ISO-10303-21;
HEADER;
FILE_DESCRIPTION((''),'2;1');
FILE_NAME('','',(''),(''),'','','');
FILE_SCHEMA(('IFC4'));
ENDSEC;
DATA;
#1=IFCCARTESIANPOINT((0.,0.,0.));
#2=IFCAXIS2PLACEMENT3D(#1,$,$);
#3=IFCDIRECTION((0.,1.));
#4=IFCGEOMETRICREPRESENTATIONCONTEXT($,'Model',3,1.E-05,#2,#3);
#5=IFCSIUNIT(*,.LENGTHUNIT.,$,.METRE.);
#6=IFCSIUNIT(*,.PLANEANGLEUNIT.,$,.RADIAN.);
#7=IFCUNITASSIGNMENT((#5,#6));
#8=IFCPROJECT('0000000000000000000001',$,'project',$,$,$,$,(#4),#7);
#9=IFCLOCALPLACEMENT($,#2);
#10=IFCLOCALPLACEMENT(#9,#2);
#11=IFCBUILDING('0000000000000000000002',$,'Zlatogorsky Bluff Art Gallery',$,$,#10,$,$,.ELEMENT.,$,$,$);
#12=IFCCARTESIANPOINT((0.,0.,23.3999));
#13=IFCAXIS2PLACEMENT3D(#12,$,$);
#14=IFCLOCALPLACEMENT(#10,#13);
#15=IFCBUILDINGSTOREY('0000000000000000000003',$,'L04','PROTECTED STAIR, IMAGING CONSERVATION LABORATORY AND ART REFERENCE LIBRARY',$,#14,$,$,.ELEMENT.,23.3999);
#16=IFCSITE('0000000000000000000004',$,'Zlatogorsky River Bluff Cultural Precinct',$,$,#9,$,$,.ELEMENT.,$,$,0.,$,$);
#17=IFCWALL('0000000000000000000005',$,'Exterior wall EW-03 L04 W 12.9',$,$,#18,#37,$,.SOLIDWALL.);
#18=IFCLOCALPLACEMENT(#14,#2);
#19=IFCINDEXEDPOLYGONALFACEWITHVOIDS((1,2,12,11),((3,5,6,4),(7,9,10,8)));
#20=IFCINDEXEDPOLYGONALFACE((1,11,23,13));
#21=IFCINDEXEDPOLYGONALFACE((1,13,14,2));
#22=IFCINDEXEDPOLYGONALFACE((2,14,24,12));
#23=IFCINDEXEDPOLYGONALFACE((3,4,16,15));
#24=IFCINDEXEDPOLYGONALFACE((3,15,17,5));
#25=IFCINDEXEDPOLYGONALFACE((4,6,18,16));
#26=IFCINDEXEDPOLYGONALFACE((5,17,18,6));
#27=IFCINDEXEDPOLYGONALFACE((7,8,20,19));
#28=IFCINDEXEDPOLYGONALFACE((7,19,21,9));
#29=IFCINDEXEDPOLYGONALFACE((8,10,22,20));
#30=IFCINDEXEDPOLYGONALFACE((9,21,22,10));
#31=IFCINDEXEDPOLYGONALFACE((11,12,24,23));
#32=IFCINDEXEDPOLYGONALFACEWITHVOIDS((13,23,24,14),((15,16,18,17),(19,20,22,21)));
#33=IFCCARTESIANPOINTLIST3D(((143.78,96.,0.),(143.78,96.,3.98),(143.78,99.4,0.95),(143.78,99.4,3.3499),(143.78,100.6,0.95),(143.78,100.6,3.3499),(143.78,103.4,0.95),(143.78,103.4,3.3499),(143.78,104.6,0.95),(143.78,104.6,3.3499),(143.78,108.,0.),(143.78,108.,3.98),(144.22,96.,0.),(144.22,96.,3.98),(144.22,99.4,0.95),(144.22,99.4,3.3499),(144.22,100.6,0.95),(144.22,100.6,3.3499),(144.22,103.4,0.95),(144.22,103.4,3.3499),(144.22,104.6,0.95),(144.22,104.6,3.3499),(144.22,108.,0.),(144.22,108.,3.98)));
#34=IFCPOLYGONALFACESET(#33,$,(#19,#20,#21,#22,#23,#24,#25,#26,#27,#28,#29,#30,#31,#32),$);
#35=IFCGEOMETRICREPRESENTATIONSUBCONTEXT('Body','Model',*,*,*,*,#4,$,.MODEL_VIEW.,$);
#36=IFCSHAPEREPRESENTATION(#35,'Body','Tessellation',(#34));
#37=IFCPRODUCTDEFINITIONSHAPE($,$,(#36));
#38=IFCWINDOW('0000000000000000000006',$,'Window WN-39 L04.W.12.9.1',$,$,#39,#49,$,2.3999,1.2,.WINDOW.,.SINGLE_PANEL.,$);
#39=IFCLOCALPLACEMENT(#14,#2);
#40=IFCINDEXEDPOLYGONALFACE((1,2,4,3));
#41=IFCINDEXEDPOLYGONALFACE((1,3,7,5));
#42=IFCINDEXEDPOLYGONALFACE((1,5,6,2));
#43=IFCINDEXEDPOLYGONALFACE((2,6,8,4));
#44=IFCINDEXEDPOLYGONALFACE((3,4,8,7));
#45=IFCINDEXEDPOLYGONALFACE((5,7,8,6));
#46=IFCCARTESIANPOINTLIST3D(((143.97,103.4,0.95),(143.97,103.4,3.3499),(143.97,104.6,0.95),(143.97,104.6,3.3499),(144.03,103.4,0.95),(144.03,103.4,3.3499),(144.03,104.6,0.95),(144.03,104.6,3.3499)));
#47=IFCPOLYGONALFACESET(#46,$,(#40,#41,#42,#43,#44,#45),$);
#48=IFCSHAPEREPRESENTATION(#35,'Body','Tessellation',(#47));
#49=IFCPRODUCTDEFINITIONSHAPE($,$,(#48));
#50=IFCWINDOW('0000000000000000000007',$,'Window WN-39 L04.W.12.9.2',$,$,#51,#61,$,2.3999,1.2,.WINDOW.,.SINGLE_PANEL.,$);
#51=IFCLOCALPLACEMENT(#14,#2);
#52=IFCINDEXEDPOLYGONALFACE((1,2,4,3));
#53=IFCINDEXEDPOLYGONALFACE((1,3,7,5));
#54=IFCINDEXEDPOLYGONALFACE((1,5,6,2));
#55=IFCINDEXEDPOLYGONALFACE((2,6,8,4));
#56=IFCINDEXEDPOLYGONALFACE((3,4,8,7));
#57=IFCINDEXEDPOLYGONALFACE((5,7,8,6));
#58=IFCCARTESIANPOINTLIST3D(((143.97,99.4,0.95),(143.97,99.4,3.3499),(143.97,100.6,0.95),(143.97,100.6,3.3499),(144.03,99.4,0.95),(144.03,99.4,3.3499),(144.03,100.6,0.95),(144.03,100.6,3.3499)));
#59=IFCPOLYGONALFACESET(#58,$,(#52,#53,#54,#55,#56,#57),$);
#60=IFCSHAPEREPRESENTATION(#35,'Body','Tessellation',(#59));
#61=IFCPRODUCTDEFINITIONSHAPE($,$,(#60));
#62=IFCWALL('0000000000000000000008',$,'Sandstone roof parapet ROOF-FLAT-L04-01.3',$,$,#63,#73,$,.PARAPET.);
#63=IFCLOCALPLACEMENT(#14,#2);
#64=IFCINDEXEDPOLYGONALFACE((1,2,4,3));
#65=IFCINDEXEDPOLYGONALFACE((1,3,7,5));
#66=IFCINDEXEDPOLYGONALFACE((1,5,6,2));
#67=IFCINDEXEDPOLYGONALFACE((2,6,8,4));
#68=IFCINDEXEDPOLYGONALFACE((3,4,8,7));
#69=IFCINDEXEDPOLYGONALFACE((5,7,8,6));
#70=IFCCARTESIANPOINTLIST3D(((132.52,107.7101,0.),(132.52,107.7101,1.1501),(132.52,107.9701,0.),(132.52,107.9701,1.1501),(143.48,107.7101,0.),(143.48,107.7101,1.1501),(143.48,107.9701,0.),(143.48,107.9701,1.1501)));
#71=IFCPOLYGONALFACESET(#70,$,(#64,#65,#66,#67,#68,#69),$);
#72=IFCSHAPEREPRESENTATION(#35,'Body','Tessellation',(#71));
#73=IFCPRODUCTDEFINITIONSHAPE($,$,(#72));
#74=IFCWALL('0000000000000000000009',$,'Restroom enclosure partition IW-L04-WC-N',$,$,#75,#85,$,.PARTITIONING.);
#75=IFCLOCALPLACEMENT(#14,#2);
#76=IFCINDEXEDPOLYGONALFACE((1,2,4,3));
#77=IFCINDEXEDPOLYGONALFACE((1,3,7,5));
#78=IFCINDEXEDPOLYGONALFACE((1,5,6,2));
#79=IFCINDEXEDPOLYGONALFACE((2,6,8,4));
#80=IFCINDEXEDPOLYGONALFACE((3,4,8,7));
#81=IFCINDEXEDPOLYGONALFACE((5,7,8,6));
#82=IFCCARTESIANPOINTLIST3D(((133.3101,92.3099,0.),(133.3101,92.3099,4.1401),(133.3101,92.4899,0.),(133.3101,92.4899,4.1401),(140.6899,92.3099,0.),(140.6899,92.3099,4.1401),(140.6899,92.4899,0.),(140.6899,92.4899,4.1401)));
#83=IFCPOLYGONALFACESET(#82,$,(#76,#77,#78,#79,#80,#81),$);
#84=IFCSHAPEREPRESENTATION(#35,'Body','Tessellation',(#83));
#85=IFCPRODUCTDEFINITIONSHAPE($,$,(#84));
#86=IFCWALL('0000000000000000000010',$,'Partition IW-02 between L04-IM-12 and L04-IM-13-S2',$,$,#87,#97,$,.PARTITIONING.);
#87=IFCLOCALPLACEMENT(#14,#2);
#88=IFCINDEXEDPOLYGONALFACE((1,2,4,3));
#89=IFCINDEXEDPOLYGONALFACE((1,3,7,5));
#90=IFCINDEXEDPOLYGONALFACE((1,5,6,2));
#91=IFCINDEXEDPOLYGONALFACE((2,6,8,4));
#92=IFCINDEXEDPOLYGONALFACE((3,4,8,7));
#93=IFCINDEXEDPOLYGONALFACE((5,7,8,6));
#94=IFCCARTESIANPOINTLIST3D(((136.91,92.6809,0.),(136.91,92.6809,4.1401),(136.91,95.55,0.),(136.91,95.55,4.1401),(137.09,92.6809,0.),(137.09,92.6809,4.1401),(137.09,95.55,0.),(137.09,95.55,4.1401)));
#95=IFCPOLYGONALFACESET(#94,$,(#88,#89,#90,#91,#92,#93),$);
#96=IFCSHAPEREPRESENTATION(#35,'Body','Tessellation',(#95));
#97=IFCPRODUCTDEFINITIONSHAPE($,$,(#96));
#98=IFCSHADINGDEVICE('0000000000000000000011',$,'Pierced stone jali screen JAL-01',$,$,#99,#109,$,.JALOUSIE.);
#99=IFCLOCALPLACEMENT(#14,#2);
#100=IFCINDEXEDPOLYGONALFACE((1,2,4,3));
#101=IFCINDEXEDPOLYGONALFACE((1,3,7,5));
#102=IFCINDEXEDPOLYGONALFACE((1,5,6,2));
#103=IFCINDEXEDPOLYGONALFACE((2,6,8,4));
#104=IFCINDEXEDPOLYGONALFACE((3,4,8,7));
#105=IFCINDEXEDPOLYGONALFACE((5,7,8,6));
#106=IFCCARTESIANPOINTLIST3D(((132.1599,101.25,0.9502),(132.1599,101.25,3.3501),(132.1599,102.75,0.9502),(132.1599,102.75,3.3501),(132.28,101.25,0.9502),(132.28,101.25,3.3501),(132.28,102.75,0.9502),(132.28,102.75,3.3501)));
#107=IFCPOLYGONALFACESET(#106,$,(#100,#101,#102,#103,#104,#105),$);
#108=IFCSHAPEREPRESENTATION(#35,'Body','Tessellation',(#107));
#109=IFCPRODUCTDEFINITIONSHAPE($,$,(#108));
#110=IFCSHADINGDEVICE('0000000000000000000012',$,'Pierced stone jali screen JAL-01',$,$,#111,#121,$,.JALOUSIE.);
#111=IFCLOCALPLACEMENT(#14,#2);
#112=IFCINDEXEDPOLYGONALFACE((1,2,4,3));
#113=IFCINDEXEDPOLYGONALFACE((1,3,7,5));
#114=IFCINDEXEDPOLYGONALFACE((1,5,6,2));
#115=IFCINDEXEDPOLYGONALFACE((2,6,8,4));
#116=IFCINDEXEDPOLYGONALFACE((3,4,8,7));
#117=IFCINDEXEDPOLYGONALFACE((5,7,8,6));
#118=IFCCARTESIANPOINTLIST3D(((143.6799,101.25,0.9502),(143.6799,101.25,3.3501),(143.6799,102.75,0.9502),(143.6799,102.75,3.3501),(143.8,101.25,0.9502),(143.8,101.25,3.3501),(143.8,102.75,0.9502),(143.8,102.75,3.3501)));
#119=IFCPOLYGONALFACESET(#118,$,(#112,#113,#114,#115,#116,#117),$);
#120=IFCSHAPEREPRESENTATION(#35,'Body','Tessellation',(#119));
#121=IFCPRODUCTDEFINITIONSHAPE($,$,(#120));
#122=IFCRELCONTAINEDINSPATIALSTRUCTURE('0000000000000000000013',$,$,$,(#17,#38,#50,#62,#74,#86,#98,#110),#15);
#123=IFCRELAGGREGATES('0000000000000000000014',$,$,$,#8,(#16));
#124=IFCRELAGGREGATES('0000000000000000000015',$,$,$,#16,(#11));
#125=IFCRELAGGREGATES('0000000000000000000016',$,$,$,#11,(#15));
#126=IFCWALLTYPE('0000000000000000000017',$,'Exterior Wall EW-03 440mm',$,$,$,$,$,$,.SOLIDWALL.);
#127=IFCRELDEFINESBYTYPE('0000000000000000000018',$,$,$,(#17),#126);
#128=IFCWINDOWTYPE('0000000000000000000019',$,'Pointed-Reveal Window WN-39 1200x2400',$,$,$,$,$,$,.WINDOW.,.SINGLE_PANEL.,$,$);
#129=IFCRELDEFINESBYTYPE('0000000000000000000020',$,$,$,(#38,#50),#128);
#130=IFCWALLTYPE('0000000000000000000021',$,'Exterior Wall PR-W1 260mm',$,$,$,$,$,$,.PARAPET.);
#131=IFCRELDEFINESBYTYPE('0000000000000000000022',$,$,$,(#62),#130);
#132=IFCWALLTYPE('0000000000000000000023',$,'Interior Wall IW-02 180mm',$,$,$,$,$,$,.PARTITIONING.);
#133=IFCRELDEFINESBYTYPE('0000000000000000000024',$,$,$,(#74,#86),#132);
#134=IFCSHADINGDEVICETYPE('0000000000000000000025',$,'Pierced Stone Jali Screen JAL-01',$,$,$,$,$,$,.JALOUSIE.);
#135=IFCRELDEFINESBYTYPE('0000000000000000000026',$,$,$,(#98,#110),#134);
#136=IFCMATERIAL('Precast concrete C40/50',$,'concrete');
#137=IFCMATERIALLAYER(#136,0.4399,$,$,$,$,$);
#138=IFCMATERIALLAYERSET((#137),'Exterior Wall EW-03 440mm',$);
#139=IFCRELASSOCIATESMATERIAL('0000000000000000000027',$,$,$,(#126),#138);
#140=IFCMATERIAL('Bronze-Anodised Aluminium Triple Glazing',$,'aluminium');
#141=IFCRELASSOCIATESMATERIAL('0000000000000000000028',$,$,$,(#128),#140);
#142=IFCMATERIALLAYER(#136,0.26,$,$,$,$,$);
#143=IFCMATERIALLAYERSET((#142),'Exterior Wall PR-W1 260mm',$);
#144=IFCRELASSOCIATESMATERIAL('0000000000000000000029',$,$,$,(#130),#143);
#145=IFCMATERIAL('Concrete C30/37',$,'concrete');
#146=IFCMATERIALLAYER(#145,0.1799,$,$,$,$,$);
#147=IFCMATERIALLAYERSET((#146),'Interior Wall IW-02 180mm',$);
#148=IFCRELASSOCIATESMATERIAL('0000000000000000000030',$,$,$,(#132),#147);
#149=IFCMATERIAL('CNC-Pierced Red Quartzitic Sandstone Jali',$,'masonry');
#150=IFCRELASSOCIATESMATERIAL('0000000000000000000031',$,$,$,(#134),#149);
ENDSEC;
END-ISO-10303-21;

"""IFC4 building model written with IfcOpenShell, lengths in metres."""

from ifc_helpers import new_model, si_unit, direction, frame, frame_2d, origin, origin_2d, place, context, subcontext, project, spatial, rectangle, extrude, material, layer, layer_set, type_object, element, fill, save


model = new_model("IFC4")

# Units and contexts
model_context = context("Model", 3, precision=1e-05, world=origin(), true_north=direction((0.0, 1.0)))
body_context = subcontext(model_context, "Body", "Model", "MODEL_VIEW")
ifc_project = project(units=[si_unit("LENGTHUNIT", "METRE"), si_unit("PLANEANGLEUNIT", "RADIAN")], contexts=[model_context])

# Site, building, storey
site_placement = place(None, origin())
site = spatial("IfcSite", under=ifc_project, at=site_placement, Name="Zlatogorsky River Bluff Cultural Precinct", CompositionType="ELEMENT", RefElevation=0.0)
building_placement = place(site_placement, origin())
building = spatial("IfcBuilding", under=site, at=building_placement, Name="Zlatogorsky Bluff Art Gallery", CompositionType="ELEMENT")
storey_placement = place(building_placement, frame((0.0, 0.0, 23.3999)))
storey = spatial("IfcBuildingStorey", under=building, at=storey_placement, Name="L04", Description="PROTECTED STAIR, IMAGING CONSERVATION LABORATORY AND ART REFERENCE LIBRARY", CompositionType="ELEMENT", Elevation=23.3999)

# Shared definitions
ifc_material_1 = material(Name="Precast concrete C40/50", Category="concrete")
ifc_material_2 = material(Name="Bronze-Anodised Aluminium Triple Glazing", Category="aluminium")

# Wall, openings, windows
ifc_layer_1 = layer(ifc_material_1, 0.4399)
ifc_layer_set_1 = layer_set([ifc_layer_1], Name="Exterior Wall EW-03 440mm")
wall_type_1 = type_object("IfcWallType", Name="Exterior Wall EW-03 440mm", PredefinedType="SOLIDWALL", material=ifc_layer_set_1)
wall_1_placement = place(storey_placement, frame((144.0, 108.0, 0.0), z_axis=(0.0, 0.0, 1.0), x_axis=(0.0, -1.0, 0.0)))
wall_1 = element("IfcWall", 1, at=wall_1_placement, inside=storey, type_object=wall_type_1, Name="Exterior wall EW-03 L04 W 12.9", PredefinedType="SOLIDWALL", context=body_context, shape_type="SweptSolid", body=[
    extrude(rectangle(XDim=12.0, YDim=0.4399, at=frame_2d((6.0, 0.0))), origin(), (0.0, 0.0, 1.0), 3.98),
])
opening_1_placement = place(wall_1_placement, frame((3.3999, 0.0, 0.95)))
opening_1 = element("IfcOpeningElement", 2, at=opening_1_placement, cuts=wall_1, PredefinedType="OPENING", context=body_context, shape_type="SweptSolid", body=[
    extrude(rectangle(XDim=1.2, YDim=2.3999, at=frame_2d((0.6001, 1.2))), frame((0.0, 0.23, 0.0), z_axis=(0.0, -1.0, 0.0), x_axis=(1.0, 0.0, 0.0)), (0.0, 0.0, 1.0), 0.46),
])
opening_2_placement = place(wall_1_placement, frame((7.3999, 0.0, 0.95)))
opening_2 = element("IfcOpeningElement", 3, at=opening_2_placement, cuts=wall_1, PredefinedType="OPENING", context=body_context, shape_type="SweptSolid", body=[
    extrude(rectangle(XDim=1.2, YDim=2.3999, at=frame_2d((0.6001, 1.2))), frame((0.0, 0.23, 0.0), z_axis=(0.0, -1.0, 0.0), x_axis=(1.0, 0.0, 0.0)), (0.0, 0.0, 1.0), 0.46),
])
window_type_1 = type_object("IfcWindowType", Name="Pointed-Reveal Window WN-39 1200x2400", PartitioningType="SINGLE_PANEL", PredefinedType="WINDOW", material=ifc_material_2)
window_1_placement = place(opening_1_placement, origin())
window_1 = element("IfcWindow", 4, at=window_1_placement, inside=storey, type_object=window_type_1, Name="Window WN-39 L04.W.12.9.1", OverallHeight=2.3999, OverallWidth=1.2, PartitioningType="SINGLE_PANEL", PredefinedType="WINDOW", context=body_context, shape_type="SweptSolid", body=[
    extrude(rectangle(XDim=1.2, YDim=2.3999, at=frame_2d((0.6001, 1.2))), frame((0.0, 0.03, 0.0), z_axis=(0.0, -1.0, 0.0), x_axis=(1.0, 0.0, 0.0)), (0.0, 0.0, 1.0), 0.0601),
])
fill(opening_1, window_1)
window_2_placement = place(opening_2_placement, origin())
window_2 = element("IfcWindow", 5, at=window_2_placement, inside=storey, type_object=window_type_1, Name="Window WN-39 L04.W.12.9.2", OverallHeight=2.3999, OverallWidth=1.2, PartitioningType="SINGLE_PANEL", PredefinedType="WINDOW", context=body_context, shape_type="SweptSolid", body=[
    extrude(rectangle(XDim=1.2, YDim=2.3999, at=frame_2d((0.6001, 1.2))), frame((0.0, 0.03, 0.0), z_axis=(0.0, -1.0, 0.0), x_axis=(1.0, 0.0, 0.0)), (0.0, 0.0, 1.0), 0.0601),
])
fill(opening_2, window_2)

# Walls
ifc_layer_2 = layer(ifc_material_1, 0.26)
ifc_layer_set_2 = layer_set([ifc_layer_2], Name="Exterior Wall PR-W1 260mm")
wall_type_2 = type_object("IfcWallType", Name="Exterior Wall PR-W1 260mm", PredefinedType="PARAPET", material=ifc_layer_set_2)
wall_2_placement = place(storey_placement, frame((132.52, 107.8401, 0.0), z_axis=(0.0, 0.0, 1.0), x_axis=(1.0, 0.0, 0.0)))
element("IfcWall", 6, at=wall_2_placement, inside=storey, type_object=wall_type_2, Name="Sandstone roof parapet ROOF-FLAT-L04-01.3", PredefinedType="PARAPET", context=body_context, shape_type="SweptSolid", body=[
    extrude(rectangle(XDim=10.96, YDim=0.26, at=frame_2d((5.48, 0.0))), origin(), (0.0, 0.0, 1.0), 1.1501),
])
ifc_material_3 = material(Name="Concrete C30/37", Category="concrete")
ifc_layer_3 = layer(ifc_material_3, 0.1799)
ifc_layer_set_3 = layer_set([ifc_layer_3], Name="Interior Wall IW-02 180mm")
wall_type_3 = type_object("IfcWallType", Name="Interior Wall IW-02 180mm", PredefinedType="PARTITIONING", material=ifc_layer_set_3)
wall_3_placement = place(storey_placement, frame((133.3101, 92.3999, 0.0), z_axis=(0.0, 0.0, 1.0), x_axis=(1.0, 0.0, 0.0)))
element("IfcWall", 7, at=wall_3_placement, inside=storey, type_object=wall_type_3, Name="Restroom enclosure partition IW-L04-WC-N", PredefinedType="PARTITIONING", context=body_context, shape_type="SweptSolid", body=[
    extrude(rectangle(XDim=7.3799, YDim=0.1799, at=frame_2d((3.6899, 0.0))), origin(), (0.0, 0.0, 1.0), 4.1401),
])
wall_4_placement = place(storey_placement, frame((137.0, 92.6809, 0.0), z_axis=(0.0, 0.0, 1.0), x_axis=(0.0, 1.0, 0.0)))
element("IfcWall", 8, at=wall_4_placement, inside=storey, type_object=wall_type_3, Name="Partition IW-02 between L04-IM-12 and L04-IM-13-S2", PredefinedType="PARTITIONING", context=body_context, shape_type="SweptSolid", body=[
    extrude(rectangle(XDim=2.8691, YDim=0.1799, at=frame_2d((1.4346, 0.0))), origin(), (0.0, 0.0, 1.0), 4.1401),
])

# Shading devices
ifc_material_4 = material(Name="CNC-Pierced Red Quartzitic Sandstone Jali", Category="masonry")
shading_device_type = type_object("IfcShadingDeviceType", Name="Pierced Stone Jali Screen JAL-01", PredefinedType="JALOUSIE", material=ifc_material_4)
for number, where, z_axis, x_axis, name in (
    (9, (132.22, 102.0, 0.9502), (0.0, 0.0, 1.0), (1.0, 0.0, 0.0), "Pierced stone jali screen JAL-01"),
    (10, (143.74, 102.0, 0.9502), (0.0, 0.0, 1.0), (1.0, 0.0, 0.0), "Pierced stone jali screen JAL-01"),
):
    element("IfcShadingDevice", number, at=place(storey_placement, frame(where, z_axis=z_axis, x_axis=x_axis)), inside=storey, type_object=shading_device_type, Name=name, PredefinedType="JALOUSIE", context=body_context, shape_type="SweptSolid", body=[
        extrude(rectangle(XDim=0.1201, YDim=1.5, at=origin_2d()), origin(), (0.0, 0.0, 1.0), 2.3999),
    ])

save(model, "model.ifc")
